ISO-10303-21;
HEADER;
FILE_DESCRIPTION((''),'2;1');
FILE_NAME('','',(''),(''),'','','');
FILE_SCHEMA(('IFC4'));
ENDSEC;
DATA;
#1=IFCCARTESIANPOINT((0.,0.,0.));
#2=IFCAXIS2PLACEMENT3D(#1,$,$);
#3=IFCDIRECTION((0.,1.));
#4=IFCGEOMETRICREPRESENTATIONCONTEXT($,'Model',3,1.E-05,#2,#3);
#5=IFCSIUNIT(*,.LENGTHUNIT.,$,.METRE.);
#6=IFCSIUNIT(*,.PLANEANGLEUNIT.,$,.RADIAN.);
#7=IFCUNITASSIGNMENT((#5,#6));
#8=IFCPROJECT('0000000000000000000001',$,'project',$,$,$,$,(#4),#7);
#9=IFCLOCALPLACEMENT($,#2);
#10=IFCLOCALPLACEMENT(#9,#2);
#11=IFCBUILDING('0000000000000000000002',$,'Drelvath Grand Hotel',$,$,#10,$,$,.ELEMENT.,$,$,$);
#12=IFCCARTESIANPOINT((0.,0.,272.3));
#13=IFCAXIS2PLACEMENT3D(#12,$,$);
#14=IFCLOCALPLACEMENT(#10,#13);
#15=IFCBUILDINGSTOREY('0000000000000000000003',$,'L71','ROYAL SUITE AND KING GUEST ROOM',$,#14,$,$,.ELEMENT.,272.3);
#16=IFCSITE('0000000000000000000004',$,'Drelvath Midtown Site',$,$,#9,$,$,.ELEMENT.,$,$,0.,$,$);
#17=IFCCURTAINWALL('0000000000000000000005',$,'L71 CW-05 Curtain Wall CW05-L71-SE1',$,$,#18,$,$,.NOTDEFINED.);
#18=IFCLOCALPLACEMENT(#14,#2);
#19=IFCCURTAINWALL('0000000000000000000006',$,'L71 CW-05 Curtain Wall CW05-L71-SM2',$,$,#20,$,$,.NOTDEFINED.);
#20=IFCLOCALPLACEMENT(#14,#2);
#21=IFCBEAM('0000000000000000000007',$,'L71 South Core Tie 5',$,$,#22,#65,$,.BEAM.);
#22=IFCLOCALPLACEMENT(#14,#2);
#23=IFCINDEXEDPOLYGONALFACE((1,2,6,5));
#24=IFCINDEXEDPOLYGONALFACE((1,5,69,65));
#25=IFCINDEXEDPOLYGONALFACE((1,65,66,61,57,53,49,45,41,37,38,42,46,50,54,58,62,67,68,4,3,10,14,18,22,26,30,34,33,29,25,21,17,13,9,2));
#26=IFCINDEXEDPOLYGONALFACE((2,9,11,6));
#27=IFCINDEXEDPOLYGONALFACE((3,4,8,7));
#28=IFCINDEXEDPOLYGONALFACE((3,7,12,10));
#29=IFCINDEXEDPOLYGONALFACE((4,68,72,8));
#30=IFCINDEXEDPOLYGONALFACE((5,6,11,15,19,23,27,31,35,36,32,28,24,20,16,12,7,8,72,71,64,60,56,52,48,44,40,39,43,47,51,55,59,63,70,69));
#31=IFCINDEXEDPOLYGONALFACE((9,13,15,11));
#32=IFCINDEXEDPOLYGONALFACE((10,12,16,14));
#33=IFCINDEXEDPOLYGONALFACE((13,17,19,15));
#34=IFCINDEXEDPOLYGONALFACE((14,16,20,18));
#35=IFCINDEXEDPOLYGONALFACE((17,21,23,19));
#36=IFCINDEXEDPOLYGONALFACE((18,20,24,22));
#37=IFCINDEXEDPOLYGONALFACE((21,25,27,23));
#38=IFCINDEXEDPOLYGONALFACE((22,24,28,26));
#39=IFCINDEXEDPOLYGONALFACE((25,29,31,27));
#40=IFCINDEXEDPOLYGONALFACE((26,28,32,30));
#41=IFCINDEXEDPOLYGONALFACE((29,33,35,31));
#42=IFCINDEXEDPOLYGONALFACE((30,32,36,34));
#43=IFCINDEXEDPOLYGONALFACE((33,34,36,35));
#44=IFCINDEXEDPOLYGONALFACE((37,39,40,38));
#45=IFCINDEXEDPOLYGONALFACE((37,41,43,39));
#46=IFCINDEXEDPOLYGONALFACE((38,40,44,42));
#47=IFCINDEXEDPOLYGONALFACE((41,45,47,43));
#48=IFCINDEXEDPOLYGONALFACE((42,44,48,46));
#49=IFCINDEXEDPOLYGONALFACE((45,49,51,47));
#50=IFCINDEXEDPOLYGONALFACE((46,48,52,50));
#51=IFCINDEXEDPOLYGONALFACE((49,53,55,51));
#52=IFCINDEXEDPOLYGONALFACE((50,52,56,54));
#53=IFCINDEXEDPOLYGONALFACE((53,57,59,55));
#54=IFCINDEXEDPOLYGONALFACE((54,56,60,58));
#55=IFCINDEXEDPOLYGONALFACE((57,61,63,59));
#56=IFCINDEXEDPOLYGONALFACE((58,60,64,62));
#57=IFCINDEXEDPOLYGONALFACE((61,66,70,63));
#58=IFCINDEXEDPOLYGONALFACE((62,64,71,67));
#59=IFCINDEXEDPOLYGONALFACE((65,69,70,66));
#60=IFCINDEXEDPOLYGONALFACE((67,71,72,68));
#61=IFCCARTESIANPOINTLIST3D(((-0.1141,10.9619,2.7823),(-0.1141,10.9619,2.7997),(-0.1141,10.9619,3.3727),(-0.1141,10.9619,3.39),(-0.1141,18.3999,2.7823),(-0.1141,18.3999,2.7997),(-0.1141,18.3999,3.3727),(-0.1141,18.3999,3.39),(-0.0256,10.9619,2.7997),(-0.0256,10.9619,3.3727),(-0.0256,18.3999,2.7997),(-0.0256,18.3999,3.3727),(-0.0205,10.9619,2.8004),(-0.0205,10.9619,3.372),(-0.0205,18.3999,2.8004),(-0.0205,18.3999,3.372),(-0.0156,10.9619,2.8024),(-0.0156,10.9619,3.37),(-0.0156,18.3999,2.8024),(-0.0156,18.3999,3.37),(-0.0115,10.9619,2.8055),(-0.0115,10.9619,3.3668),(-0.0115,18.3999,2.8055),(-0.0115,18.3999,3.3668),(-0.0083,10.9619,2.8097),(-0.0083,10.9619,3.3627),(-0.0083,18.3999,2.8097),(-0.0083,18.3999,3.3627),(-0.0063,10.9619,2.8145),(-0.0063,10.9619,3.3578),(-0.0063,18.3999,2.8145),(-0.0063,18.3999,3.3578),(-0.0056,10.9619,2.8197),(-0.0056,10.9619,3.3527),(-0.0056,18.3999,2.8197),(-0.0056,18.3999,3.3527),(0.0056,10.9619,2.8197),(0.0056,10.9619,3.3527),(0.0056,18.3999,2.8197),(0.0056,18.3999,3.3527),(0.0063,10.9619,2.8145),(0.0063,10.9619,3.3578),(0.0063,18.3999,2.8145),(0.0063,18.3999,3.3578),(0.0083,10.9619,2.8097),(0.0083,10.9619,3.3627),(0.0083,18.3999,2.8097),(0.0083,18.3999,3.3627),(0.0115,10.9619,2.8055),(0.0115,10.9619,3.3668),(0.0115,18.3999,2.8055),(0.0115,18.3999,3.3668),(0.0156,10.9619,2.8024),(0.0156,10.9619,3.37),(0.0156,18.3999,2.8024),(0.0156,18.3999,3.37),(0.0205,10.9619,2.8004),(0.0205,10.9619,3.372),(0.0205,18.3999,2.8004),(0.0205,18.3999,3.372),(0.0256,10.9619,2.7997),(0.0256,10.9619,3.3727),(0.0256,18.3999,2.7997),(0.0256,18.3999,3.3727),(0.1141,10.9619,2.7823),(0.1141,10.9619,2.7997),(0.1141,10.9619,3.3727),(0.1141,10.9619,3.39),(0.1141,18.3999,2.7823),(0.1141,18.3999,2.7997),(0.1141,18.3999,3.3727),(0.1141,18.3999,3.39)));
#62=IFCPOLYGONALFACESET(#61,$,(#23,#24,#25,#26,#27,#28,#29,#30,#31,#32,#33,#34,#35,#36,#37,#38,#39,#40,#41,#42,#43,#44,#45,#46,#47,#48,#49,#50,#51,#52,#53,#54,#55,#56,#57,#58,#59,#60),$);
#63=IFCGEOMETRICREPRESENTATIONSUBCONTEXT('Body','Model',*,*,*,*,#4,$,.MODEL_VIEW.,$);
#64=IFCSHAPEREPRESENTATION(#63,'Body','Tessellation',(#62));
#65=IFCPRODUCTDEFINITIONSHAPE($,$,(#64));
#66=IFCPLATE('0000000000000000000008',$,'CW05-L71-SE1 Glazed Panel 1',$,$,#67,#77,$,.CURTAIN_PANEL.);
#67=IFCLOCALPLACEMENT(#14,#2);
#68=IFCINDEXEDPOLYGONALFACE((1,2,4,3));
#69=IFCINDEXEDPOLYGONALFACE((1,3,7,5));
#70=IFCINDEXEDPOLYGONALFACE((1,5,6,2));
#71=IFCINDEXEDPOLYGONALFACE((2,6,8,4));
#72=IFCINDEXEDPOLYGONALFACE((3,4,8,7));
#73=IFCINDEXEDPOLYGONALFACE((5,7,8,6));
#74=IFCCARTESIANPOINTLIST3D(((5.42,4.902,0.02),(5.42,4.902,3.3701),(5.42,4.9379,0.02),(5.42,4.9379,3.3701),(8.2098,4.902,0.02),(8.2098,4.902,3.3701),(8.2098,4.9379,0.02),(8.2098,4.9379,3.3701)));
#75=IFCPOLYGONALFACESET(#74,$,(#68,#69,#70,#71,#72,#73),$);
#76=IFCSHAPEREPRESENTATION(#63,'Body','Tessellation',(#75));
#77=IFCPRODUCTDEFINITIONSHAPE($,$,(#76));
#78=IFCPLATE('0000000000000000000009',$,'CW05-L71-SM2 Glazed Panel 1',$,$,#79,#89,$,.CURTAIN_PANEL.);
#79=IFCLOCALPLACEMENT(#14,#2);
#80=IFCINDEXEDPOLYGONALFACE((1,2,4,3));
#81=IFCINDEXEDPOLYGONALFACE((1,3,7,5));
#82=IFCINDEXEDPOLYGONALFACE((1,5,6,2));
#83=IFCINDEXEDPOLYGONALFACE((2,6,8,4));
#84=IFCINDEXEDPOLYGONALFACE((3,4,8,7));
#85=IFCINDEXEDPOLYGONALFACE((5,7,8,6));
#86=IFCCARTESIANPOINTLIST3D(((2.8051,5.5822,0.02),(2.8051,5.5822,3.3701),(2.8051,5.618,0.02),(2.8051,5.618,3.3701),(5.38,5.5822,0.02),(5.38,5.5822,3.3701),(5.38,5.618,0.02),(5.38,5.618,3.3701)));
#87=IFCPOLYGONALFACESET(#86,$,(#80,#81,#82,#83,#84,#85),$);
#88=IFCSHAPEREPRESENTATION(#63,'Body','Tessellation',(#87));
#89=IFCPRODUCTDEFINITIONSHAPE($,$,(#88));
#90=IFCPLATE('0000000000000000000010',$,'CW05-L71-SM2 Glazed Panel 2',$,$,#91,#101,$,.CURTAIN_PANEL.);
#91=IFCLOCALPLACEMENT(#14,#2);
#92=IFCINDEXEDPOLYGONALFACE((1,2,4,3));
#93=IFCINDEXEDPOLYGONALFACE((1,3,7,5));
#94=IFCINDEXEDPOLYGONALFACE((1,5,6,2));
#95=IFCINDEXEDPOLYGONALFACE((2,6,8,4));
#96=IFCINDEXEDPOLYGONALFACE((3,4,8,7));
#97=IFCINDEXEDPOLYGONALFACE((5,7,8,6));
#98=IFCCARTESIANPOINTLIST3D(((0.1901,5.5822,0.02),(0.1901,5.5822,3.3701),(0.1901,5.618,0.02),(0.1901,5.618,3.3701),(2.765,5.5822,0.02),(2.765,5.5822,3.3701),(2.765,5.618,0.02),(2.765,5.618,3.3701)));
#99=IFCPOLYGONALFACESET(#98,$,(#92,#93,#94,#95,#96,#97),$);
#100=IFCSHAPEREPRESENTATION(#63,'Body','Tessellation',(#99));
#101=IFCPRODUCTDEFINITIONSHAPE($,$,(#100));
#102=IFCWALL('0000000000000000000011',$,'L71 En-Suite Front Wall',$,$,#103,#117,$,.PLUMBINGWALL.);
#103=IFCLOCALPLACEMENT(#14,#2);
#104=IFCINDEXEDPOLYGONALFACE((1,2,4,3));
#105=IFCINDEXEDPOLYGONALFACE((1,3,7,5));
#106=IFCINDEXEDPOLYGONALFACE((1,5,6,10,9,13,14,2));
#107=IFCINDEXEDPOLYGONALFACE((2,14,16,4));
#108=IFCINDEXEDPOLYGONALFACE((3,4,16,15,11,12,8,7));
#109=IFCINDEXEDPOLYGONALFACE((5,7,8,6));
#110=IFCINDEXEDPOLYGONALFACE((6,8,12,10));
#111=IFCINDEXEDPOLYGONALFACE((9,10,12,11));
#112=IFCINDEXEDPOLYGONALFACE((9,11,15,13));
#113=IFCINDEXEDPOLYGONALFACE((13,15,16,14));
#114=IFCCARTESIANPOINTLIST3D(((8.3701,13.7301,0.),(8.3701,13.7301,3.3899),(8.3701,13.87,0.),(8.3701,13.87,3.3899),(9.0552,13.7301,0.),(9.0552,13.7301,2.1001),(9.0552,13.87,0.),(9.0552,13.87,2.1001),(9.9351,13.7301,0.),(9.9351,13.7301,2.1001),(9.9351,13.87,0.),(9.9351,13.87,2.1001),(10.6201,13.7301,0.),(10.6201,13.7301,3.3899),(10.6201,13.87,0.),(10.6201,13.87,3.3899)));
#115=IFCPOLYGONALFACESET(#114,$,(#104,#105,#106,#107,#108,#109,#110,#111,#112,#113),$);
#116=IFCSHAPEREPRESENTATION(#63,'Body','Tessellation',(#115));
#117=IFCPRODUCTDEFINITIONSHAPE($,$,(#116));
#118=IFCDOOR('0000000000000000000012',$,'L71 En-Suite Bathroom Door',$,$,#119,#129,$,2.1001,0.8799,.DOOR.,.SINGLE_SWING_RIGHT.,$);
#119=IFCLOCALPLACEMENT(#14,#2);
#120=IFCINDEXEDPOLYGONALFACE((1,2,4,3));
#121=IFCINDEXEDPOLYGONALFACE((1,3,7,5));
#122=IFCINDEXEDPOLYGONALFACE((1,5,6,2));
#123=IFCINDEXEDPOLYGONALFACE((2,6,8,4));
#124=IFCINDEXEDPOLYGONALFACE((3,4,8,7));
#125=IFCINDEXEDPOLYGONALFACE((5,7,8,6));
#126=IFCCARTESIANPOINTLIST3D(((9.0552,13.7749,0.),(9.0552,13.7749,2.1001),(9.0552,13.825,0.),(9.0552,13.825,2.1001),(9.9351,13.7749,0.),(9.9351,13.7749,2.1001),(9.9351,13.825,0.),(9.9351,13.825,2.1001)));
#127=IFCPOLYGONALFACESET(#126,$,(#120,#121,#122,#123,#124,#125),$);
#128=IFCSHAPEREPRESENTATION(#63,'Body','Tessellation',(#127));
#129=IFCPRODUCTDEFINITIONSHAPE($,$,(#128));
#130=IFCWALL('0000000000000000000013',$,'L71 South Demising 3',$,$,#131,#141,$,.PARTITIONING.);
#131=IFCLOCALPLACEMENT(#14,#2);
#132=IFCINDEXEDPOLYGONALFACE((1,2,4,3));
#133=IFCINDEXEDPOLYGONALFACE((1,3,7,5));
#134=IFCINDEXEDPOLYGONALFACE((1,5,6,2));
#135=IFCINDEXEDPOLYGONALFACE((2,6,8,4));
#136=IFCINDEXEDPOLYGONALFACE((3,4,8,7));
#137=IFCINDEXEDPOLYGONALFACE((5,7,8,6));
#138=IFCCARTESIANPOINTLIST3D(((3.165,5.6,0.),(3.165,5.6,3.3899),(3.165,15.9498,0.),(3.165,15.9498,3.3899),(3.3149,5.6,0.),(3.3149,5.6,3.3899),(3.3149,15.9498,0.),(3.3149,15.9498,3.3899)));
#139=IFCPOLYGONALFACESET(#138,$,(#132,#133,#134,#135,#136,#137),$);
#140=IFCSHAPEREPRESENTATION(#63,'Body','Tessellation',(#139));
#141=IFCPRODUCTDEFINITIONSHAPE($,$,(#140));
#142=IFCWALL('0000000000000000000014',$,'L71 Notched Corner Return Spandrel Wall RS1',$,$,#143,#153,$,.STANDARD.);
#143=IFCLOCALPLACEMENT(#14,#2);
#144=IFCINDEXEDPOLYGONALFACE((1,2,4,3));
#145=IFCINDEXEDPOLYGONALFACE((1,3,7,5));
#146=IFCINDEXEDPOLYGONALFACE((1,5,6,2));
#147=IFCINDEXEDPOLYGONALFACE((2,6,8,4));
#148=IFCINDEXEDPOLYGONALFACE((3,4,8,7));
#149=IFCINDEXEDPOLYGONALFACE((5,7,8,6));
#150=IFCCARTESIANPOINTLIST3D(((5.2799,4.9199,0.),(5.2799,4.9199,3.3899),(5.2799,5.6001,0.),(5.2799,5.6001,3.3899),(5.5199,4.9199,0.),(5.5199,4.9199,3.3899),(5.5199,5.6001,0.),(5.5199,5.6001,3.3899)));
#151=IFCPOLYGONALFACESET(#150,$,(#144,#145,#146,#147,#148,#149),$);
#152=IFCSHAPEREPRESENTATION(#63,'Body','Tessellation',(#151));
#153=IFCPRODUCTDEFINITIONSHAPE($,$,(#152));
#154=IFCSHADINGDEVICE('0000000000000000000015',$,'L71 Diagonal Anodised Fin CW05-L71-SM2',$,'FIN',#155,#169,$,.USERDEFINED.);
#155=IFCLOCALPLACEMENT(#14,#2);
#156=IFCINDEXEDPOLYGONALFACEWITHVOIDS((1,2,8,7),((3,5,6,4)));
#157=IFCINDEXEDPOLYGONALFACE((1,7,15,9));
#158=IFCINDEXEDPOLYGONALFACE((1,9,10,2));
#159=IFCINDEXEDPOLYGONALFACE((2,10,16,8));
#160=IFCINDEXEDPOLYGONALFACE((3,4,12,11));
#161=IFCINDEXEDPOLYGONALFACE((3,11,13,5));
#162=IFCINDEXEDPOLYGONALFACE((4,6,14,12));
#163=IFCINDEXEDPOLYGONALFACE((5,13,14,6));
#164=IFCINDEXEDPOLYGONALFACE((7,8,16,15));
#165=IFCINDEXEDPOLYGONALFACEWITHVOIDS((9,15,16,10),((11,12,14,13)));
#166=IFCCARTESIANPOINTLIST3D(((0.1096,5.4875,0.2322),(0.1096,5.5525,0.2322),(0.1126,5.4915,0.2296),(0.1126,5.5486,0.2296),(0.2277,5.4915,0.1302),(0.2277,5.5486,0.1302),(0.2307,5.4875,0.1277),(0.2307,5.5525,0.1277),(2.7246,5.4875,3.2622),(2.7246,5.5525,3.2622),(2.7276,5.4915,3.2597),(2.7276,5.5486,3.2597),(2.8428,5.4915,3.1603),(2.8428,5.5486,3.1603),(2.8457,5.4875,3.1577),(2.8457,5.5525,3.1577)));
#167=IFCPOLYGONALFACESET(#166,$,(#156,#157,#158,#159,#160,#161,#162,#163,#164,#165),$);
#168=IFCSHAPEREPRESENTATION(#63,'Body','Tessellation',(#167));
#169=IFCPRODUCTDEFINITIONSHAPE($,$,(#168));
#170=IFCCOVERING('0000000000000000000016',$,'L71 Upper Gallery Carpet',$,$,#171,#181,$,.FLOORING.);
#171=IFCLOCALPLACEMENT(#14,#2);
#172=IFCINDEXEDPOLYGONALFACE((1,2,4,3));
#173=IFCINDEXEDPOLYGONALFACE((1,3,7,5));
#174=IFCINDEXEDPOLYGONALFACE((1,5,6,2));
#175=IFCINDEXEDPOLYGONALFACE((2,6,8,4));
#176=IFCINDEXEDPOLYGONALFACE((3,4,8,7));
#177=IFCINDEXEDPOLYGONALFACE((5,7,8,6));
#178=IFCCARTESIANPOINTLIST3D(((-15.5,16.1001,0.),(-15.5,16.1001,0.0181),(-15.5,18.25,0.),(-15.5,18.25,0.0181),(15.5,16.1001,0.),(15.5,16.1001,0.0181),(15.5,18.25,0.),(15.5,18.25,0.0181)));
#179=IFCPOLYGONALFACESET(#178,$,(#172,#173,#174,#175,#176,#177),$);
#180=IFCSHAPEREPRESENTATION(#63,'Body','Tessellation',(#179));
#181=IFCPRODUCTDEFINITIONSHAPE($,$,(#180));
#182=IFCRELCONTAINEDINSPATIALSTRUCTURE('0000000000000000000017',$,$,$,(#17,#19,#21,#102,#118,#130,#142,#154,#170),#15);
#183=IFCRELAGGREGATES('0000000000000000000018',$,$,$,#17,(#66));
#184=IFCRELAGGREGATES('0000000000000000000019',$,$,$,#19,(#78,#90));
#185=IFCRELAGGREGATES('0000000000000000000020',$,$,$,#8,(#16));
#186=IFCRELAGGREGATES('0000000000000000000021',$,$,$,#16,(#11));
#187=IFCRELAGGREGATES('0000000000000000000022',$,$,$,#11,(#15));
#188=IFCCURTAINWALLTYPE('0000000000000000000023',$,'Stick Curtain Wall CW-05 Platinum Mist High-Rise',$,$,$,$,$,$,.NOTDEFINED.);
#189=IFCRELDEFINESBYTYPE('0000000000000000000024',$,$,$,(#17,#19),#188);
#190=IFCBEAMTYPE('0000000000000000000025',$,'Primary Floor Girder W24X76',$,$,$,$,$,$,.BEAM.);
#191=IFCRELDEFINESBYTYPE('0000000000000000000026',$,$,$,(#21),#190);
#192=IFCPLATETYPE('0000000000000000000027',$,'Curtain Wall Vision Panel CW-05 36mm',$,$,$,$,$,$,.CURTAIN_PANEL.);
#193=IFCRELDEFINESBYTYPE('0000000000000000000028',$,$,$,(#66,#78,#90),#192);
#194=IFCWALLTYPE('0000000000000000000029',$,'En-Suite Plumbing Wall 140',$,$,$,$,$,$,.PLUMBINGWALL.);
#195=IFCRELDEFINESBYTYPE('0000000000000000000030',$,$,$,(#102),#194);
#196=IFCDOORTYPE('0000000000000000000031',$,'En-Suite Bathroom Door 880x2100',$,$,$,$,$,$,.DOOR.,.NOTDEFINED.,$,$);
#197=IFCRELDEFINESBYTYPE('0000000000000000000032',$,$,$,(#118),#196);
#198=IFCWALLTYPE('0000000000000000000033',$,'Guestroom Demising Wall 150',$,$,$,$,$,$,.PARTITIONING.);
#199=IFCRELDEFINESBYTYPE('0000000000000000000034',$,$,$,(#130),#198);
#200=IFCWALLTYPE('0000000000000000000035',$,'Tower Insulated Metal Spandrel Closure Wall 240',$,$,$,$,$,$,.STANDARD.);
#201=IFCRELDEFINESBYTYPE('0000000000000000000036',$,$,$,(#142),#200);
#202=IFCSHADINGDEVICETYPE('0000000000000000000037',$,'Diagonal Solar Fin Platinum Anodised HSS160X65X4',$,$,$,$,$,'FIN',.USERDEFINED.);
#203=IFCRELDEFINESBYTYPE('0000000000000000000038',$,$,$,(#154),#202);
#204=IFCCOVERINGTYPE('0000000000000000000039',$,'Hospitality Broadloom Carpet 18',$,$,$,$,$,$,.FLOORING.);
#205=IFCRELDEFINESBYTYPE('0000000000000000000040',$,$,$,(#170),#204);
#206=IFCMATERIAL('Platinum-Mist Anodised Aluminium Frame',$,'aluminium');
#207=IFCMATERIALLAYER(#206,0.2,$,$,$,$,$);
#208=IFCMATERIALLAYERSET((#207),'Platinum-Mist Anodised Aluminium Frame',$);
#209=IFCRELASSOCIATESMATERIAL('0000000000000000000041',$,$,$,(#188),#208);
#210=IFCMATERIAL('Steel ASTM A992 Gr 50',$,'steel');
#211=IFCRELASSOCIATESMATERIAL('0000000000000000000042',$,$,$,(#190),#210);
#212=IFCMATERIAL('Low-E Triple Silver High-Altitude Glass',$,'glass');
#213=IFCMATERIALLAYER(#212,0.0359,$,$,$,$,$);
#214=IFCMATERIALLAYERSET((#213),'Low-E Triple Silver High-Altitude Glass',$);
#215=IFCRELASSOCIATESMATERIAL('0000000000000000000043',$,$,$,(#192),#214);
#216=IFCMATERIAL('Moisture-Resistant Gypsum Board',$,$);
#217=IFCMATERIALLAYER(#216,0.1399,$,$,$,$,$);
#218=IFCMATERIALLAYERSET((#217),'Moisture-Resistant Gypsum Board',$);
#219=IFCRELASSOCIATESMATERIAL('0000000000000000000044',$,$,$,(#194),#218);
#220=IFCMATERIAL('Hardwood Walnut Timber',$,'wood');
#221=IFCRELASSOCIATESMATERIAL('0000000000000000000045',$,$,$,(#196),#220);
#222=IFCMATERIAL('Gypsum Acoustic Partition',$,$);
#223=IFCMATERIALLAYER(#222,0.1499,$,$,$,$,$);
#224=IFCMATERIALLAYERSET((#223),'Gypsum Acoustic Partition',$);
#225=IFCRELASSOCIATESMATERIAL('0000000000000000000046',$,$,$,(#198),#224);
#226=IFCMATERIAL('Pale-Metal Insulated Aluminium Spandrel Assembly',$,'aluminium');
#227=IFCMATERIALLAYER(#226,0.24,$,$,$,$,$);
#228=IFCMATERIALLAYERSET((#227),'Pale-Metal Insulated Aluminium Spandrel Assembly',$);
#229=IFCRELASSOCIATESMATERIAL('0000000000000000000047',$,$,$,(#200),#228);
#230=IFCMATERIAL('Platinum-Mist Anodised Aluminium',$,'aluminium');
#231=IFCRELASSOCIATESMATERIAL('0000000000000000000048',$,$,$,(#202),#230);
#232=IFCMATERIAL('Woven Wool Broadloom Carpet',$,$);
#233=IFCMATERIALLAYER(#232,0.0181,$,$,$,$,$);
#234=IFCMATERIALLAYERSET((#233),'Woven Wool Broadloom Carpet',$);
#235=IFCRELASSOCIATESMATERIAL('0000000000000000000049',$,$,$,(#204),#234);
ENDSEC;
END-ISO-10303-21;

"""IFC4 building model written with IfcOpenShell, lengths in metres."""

from ifc_helpers import new_model, si_unit, direction, frame, frame_2d, origin, origin_2d, place, context, subcontext, project, spatial, polyline, rectangle, hollow_rectangle, i_section, outline, extrude, material, layer, layer_set, material_profile, profile_set, type_object, element, fill, aggregate, save


model = new_model("IFC4")

# Units and contexts
model_context = context("Model", 3, precision=1e-05, world=origin(), true_north=direction((0.0, 1.0)))
body_context = subcontext(model_context, "Body", "Model", "MODEL_VIEW")
ifc_project = project(units=[si_unit("LENGTHUNIT", "METRE"), si_unit("PLANEANGLEUNIT", "RADIAN")], contexts=[model_context])

# Site, building, storey
site_placement = place(None, origin())
site = spatial("IfcSite", under=ifc_project, at=site_placement, Name="Drelvath Midtown Site", CompositionType="ELEMENT", RefElevation=0.0)
building_placement = place(site_placement, origin())
building = spatial("IfcBuilding", under=site, at=building_placement, Name="Drelvath Grand Hotel", CompositionType="ELEMENT")
storey_placement = place(building_placement, frame((0.0, 0.0, 272.3)))
storey = spatial("IfcBuildingStorey", under=building, at=storey_placement, Name="L71", Description="ROYAL SUITE AND KING GUEST ROOM", CompositionType="ELEMENT", Elevation=272.3)

# Curtain walls
ifc_material_1 = material(Name="Platinum-Mist Anodised Aluminium Frame", Category="aluminium")
ifc_layer_1 = layer(ifc_material_1, 0.2)
ifc_layer_set_1 = layer_set([ifc_layer_1], Name="Platinum-Mist Anodised Aluminium Frame")
curtain_wall_type = type_object("IfcCurtainWallType", Name="Stick Curtain Wall CW-05 Platinum Mist High-Rise", PredefinedType="NOTDEFINED", material=ifc_layer_set_1)
curtain_wall_1_placement = place(storey_placement, origin())
curtain_wall_1 = element("IfcCurtainWall", 1, at=curtain_wall_1_placement, inside=storey, type_object=curtain_wall_type, Name="L71 CW-05 Curtain Wall CW05-L71-SE1", PredefinedType="NOTDEFINED")
curtain_wall_2_placement = place(storey_placement, origin())
curtain_wall_2 = element("IfcCurtainWall", 2, at=curtain_wall_2_placement, inside=storey, type_object=curtain_wall_type, Name="L71 CW-05 Curtain Wall CW05-L71-SM2", PredefinedType="NOTDEFINED")

# Beam
ifc_material_2 = material(Name="Steel ASTM A992 Gr 50", Category="steel")
ifc_material_profile_1 = material_profile(ifc_material_2, i_section(OverallWidth=0.2283, OverallDepth=0.6077, WebThickness=0.0112, FlangeThickness=0.0173, FilletRadius=0.02, at=origin_2d()), Name="W24X76")
ifc_profile_set_1 = profile_set([ifc_material_profile_1], Name="Steel ASTM A992 Gr 50")
beam_type_1 = type_object("IfcBeamType", Name="Primary Floor Girder W24X76", PredefinedType="BEAM", material=ifc_profile_set_1)
beam_1_placement = place(storey_placement, frame((0.0, 10.9619, 3.0862), z_axis=(0.0, 1.0, 0.0), x_axis=(-1.0, 0.0, 0.0)))
element("IfcBeam", 3, at=beam_1_placement, inside=storey, type_object=beam_type_1, Name="L71 South Core Tie 5", PredefinedType="BEAM", context=body_context, shape_type="SweptSolid", body=[
    extrude(i_section(OverallWidth=0.2283, OverallDepth=0.6077, WebThickness=0.0112, FlangeThickness=0.0173, FilletRadius=0.02, at=origin_2d()), origin(), (0.0, 0.0, 1.0), 7.438),
])

# Plates
ifc_material_3 = material(Name="Low-E Triple Silver High-Altitude Glass", Category="glass")
ifc_layer_2 = layer(ifc_material_3, 0.0359)
ifc_layer_set_2 = layer_set([ifc_layer_2], Name="Low-E Triple Silver High-Altitude Glass")
plate_type = type_object("IfcPlateType", Name="Curtain Wall Vision Panel CW-05 36mm", PredefinedType="CURTAIN_PANEL", material=ifc_layer_set_2)
plate_1_placement = place(storey_placement, frame((6.8149, 4.9199, 0.02), z_axis=(0.0, 0.0, 1.0), x_axis=(-1.0, 0.0, 0.0)))
plate_1 = element("IfcPlate", 4, at=plate_1_placement, type_object=plate_type, Name="CW05-L71-SE1 Glazed Panel 1", PredefinedType="CURTAIN_PANEL", context=body_context, shape_type="SweptSolid", body=[
    extrude(rectangle(XDim=2.7898, YDim=0.0359, at=origin_2d()), origin(), (0.0, 0.0, 1.0), 3.3501),
])
aggregate(curtain_wall_1, [plate_1])
plate_2_placement = place(storey_placement, frame((4.0925, 5.6001, 0.02), z_axis=(0.0, 0.0, 1.0), x_axis=(-1.0, 0.0, 0.0)))
plate_2 = element("IfcPlate", 5, at=plate_2_placement, type_object=plate_type, Name="CW05-L71-SM2 Glazed Panel 1", PredefinedType="CURTAIN_PANEL", context=body_context, shape_type="SweptSolid", body=[
    extrude(rectangle(XDim=2.575, YDim=0.0359, at=origin_2d()), origin(), (0.0, 0.0, 1.0), 3.3501),
])
plate_3_placement = place(storey_placement, frame((1.4775, 5.6001, 0.02), z_axis=(0.0, 0.0, 1.0), x_axis=(-1.0, 0.0, 0.0)))
plate_3 = element("IfcPlate", 6, at=plate_3_placement, type_object=plate_type, Name="CW05-L71-SM2 Glazed Panel 2", PredefinedType="CURTAIN_PANEL", context=body_context, shape_type="SweptSolid", body=[
    extrude(rectangle(XDim=2.575, YDim=0.0359, at=origin_2d()), origin(), (0.0, 0.0, 1.0), 3.3501),
])
aggregate(curtain_wall_2, [plate_2, plate_3])

# Wall, opening, door
ifc_material_4 = material(Name="Moisture-Resistant Gypsum Board")
ifc_layer_3 = layer(ifc_material_4, 0.1399)
ifc_layer_set_3 = layer_set([ifc_layer_3], Name="Moisture-Resistant Gypsum Board")
wall_type_1 = type_object("IfcWallType", Name="En-Suite Plumbing Wall 140", PredefinedType="PLUMBINGWALL", material=ifc_layer_set_3)
wall_1_placement = place(storey_placement, frame((8.3701, 13.8, 0.0), z_axis=(0.0, 0.0, 1.0), x_axis=(1.0, 0.0, 0.0)))
wall_1 = element("IfcWall", 7, at=wall_1_placement, inside=storey, type_object=wall_type_1, Name="L71 En-Suite Front Wall", PredefinedType="PLUMBINGWALL", context=body_context, shape_type="SweptSolid", body=[
    extrude(rectangle(XDim=2.25, YDim=0.1399, at=frame_2d((1.125, 0.0))), origin(), (0.0, 0.0, 1.0), 3.3899),
])
opening_placement = place(wall_1_placement, frame((0.6851, 0.0, 0.0)))
opening = element("IfcOpeningElement", 8, at=opening_placement, cuts=wall_1, PredefinedType="OPENING", context=body_context, shape_type="SweptSolid", body=[
    extrude(rectangle(XDim=0.8799, YDim=2.1001, at=frame_2d((0.4399, 1.05))), frame((0.0, 0.0798, 0.0), z_axis=(0.0, -1.0, 0.0), x_axis=(1.0, 0.0, 0.0)), (0.0, 0.0, 1.0), 0.1599),
])
ifc_material_5 = material(Name="Hardwood Walnut Timber", Category="wood")
door_type = type_object("IfcDoorType", Name="En-Suite Bathroom Door 880x2100", OperationType="NOTDEFINED", PredefinedType="DOOR", material=ifc_material_5)
door_placement = place(opening_placement, origin())
door = element("IfcDoor", 9, at=door_placement, inside=storey, type_object=door_type, Name="L71 En-Suite Bathroom Door", OperationType="SINGLE_SWING_RIGHT", OverallHeight=2.1001, OverallWidth=0.8799, PredefinedType="DOOR", context=body_context, shape_type="SweptSolid", body=[
    extrude(rectangle(XDim=0.8799, YDim=2.1001, at=frame_2d((0.4399, 1.05))), frame((0.0, 0.0249, 0.0), z_axis=(0.0, -1.0, 0.0), x_axis=(1.0, 0.0, 0.0)), (0.0, 0.0, 1.0), 0.05),
])
fill(opening, door)

# Walls
ifc_material_6 = material(Name="Gypsum Acoustic Partition")
ifc_layer_4 = layer(ifc_material_6, 0.1499)
ifc_layer_set_4 = layer_set([ifc_layer_4], Name="Gypsum Acoustic Partition")
wall_type_2 = type_object("IfcWallType", Name="Guestroom Demising Wall 150", PredefinedType="PARTITIONING", material=ifc_layer_set_4)
wall_2_placement = place(storey_placement, frame((3.24, 5.6001, 0.0), z_axis=(0.0, 0.0, 1.0), x_axis=(0.0, 1.0, 0.0)))
element("IfcWall", 10, at=wall_2_placement, inside=storey, type_object=wall_type_2, Name="L71 South Demising 3", PredefinedType="PARTITIONING", context=body_context, shape_type="SweptSolid", body=[
    extrude(rectangle(XDim=10.3499, YDim=0.1499, at=frame_2d((5.1748, 0.0))), origin(), (0.0, 0.0, 1.0), 3.3899),
])
ifc_material_7 = material(Name="Pale-Metal Insulated Aluminium Spandrel Assembly", Category="aluminium")
ifc_layer_5 = layer(ifc_material_7, 0.24)
ifc_layer_set_5 = layer_set([ifc_layer_5], Name="Pale-Metal Insulated Aluminium Spandrel Assembly")
wall_type_3 = type_object("IfcWallType", Name="Tower Insulated Metal Spandrel Closure Wall 240", PredefinedType="STANDARD", material=ifc_layer_set_5)
wall_3_placement = place(storey_placement, frame((5.3999, 4.9199, 0.0), z_axis=(0.0, 0.0, 1.0), x_axis=(0.0, 1.0, 0.0)))
element("IfcWall", 11, at=wall_3_placement, inside=storey, type_object=wall_type_3, Name="L71 Notched Corner Return Spandrel Wall RS1", PredefinedType="STANDARD", context=body_context, shape_type="SweptSolid", body=[
    extrude(rectangle(XDim=0.6802, YDim=0.24, at=frame_2d((0.3401, 0.0))), origin(), (0.0, 0.0, 1.0), 3.3899),
])

# Shading device
ifc_material_8 = material(Name="Platinum-Mist Anodised Aluminium", Category="aluminium")
ifc_material_profile_2 = material_profile(ifc_material_8, hollow_rectangle(XDim=0.0649, YDim=0.1599, WallThickness=0.0039, at=origin_2d()), Name="HSS160X65X4")
ifc_profile_set_2 = profile_set([ifc_material_profile_2], Name="Platinum-Mist Anodised Aluminium")
shading_device_type = type_object("IfcShadingDeviceType", Name="Diagonal Solar Fin Platinum Anodised HSS160X65X4", ElementType="FIN", PredefinedType="USERDEFINED", material=ifc_profile_set_2)
shading_device_placement = place(storey_placement, frame((0.1702, 5.52, 0.1799), z_axis=(0.653355, 0.0, 0.757052), x_axis=(0.0, 1.0, 0.0)))
element("IfcShadingDevice", 12, at=shading_device_placement, inside=storey, type_object=shading_device_type, Name="L71 Diagonal Anodised Fin CW05-L71-SM2", ObjectType="FIN", PredefinedType="USERDEFINED", context=body_context, shape_type="SweptSolid", body=[
    extrude(hollow_rectangle(XDim=0.0649, YDim=0.1599, WallThickness=0.0039, at=origin_2d()), origin(), (0.0, 0.0, 1.0), 4.0024),
])

# Covering
ifc_material_9 = material(Name="Woven Wool Broadloom Carpet")
ifc_layer_6 = layer(ifc_material_9, 0.0181)
ifc_layer_set_6 = layer_set([ifc_layer_6], Name="Woven Wool Broadloom Carpet")
covering_type = type_object("IfcCoveringType", Name="Hospitality Broadloom Carpet 18", PredefinedType="FLOORING", material=ifc_layer_set_6)
covering_placement = place(storey_placement, origin())
element("IfcCovering", 13, at=covering_placement, inside=storey, type_object=covering_type, Name="L71 Upper Gallery Carpet", PredefinedType="FLOORING", context=body_context, shape_type="SweptSolid", body=[
    extrude(outline(polyline([(15.5, 16.1001), (15.5, 18.25), (-15.5, 18.25), (-15.5, 16.1001), (15.5, 16.1001)])), origin(), (0.0, 0.0, 1.0), 0.0181),
])

save(model, "model.ifc")
